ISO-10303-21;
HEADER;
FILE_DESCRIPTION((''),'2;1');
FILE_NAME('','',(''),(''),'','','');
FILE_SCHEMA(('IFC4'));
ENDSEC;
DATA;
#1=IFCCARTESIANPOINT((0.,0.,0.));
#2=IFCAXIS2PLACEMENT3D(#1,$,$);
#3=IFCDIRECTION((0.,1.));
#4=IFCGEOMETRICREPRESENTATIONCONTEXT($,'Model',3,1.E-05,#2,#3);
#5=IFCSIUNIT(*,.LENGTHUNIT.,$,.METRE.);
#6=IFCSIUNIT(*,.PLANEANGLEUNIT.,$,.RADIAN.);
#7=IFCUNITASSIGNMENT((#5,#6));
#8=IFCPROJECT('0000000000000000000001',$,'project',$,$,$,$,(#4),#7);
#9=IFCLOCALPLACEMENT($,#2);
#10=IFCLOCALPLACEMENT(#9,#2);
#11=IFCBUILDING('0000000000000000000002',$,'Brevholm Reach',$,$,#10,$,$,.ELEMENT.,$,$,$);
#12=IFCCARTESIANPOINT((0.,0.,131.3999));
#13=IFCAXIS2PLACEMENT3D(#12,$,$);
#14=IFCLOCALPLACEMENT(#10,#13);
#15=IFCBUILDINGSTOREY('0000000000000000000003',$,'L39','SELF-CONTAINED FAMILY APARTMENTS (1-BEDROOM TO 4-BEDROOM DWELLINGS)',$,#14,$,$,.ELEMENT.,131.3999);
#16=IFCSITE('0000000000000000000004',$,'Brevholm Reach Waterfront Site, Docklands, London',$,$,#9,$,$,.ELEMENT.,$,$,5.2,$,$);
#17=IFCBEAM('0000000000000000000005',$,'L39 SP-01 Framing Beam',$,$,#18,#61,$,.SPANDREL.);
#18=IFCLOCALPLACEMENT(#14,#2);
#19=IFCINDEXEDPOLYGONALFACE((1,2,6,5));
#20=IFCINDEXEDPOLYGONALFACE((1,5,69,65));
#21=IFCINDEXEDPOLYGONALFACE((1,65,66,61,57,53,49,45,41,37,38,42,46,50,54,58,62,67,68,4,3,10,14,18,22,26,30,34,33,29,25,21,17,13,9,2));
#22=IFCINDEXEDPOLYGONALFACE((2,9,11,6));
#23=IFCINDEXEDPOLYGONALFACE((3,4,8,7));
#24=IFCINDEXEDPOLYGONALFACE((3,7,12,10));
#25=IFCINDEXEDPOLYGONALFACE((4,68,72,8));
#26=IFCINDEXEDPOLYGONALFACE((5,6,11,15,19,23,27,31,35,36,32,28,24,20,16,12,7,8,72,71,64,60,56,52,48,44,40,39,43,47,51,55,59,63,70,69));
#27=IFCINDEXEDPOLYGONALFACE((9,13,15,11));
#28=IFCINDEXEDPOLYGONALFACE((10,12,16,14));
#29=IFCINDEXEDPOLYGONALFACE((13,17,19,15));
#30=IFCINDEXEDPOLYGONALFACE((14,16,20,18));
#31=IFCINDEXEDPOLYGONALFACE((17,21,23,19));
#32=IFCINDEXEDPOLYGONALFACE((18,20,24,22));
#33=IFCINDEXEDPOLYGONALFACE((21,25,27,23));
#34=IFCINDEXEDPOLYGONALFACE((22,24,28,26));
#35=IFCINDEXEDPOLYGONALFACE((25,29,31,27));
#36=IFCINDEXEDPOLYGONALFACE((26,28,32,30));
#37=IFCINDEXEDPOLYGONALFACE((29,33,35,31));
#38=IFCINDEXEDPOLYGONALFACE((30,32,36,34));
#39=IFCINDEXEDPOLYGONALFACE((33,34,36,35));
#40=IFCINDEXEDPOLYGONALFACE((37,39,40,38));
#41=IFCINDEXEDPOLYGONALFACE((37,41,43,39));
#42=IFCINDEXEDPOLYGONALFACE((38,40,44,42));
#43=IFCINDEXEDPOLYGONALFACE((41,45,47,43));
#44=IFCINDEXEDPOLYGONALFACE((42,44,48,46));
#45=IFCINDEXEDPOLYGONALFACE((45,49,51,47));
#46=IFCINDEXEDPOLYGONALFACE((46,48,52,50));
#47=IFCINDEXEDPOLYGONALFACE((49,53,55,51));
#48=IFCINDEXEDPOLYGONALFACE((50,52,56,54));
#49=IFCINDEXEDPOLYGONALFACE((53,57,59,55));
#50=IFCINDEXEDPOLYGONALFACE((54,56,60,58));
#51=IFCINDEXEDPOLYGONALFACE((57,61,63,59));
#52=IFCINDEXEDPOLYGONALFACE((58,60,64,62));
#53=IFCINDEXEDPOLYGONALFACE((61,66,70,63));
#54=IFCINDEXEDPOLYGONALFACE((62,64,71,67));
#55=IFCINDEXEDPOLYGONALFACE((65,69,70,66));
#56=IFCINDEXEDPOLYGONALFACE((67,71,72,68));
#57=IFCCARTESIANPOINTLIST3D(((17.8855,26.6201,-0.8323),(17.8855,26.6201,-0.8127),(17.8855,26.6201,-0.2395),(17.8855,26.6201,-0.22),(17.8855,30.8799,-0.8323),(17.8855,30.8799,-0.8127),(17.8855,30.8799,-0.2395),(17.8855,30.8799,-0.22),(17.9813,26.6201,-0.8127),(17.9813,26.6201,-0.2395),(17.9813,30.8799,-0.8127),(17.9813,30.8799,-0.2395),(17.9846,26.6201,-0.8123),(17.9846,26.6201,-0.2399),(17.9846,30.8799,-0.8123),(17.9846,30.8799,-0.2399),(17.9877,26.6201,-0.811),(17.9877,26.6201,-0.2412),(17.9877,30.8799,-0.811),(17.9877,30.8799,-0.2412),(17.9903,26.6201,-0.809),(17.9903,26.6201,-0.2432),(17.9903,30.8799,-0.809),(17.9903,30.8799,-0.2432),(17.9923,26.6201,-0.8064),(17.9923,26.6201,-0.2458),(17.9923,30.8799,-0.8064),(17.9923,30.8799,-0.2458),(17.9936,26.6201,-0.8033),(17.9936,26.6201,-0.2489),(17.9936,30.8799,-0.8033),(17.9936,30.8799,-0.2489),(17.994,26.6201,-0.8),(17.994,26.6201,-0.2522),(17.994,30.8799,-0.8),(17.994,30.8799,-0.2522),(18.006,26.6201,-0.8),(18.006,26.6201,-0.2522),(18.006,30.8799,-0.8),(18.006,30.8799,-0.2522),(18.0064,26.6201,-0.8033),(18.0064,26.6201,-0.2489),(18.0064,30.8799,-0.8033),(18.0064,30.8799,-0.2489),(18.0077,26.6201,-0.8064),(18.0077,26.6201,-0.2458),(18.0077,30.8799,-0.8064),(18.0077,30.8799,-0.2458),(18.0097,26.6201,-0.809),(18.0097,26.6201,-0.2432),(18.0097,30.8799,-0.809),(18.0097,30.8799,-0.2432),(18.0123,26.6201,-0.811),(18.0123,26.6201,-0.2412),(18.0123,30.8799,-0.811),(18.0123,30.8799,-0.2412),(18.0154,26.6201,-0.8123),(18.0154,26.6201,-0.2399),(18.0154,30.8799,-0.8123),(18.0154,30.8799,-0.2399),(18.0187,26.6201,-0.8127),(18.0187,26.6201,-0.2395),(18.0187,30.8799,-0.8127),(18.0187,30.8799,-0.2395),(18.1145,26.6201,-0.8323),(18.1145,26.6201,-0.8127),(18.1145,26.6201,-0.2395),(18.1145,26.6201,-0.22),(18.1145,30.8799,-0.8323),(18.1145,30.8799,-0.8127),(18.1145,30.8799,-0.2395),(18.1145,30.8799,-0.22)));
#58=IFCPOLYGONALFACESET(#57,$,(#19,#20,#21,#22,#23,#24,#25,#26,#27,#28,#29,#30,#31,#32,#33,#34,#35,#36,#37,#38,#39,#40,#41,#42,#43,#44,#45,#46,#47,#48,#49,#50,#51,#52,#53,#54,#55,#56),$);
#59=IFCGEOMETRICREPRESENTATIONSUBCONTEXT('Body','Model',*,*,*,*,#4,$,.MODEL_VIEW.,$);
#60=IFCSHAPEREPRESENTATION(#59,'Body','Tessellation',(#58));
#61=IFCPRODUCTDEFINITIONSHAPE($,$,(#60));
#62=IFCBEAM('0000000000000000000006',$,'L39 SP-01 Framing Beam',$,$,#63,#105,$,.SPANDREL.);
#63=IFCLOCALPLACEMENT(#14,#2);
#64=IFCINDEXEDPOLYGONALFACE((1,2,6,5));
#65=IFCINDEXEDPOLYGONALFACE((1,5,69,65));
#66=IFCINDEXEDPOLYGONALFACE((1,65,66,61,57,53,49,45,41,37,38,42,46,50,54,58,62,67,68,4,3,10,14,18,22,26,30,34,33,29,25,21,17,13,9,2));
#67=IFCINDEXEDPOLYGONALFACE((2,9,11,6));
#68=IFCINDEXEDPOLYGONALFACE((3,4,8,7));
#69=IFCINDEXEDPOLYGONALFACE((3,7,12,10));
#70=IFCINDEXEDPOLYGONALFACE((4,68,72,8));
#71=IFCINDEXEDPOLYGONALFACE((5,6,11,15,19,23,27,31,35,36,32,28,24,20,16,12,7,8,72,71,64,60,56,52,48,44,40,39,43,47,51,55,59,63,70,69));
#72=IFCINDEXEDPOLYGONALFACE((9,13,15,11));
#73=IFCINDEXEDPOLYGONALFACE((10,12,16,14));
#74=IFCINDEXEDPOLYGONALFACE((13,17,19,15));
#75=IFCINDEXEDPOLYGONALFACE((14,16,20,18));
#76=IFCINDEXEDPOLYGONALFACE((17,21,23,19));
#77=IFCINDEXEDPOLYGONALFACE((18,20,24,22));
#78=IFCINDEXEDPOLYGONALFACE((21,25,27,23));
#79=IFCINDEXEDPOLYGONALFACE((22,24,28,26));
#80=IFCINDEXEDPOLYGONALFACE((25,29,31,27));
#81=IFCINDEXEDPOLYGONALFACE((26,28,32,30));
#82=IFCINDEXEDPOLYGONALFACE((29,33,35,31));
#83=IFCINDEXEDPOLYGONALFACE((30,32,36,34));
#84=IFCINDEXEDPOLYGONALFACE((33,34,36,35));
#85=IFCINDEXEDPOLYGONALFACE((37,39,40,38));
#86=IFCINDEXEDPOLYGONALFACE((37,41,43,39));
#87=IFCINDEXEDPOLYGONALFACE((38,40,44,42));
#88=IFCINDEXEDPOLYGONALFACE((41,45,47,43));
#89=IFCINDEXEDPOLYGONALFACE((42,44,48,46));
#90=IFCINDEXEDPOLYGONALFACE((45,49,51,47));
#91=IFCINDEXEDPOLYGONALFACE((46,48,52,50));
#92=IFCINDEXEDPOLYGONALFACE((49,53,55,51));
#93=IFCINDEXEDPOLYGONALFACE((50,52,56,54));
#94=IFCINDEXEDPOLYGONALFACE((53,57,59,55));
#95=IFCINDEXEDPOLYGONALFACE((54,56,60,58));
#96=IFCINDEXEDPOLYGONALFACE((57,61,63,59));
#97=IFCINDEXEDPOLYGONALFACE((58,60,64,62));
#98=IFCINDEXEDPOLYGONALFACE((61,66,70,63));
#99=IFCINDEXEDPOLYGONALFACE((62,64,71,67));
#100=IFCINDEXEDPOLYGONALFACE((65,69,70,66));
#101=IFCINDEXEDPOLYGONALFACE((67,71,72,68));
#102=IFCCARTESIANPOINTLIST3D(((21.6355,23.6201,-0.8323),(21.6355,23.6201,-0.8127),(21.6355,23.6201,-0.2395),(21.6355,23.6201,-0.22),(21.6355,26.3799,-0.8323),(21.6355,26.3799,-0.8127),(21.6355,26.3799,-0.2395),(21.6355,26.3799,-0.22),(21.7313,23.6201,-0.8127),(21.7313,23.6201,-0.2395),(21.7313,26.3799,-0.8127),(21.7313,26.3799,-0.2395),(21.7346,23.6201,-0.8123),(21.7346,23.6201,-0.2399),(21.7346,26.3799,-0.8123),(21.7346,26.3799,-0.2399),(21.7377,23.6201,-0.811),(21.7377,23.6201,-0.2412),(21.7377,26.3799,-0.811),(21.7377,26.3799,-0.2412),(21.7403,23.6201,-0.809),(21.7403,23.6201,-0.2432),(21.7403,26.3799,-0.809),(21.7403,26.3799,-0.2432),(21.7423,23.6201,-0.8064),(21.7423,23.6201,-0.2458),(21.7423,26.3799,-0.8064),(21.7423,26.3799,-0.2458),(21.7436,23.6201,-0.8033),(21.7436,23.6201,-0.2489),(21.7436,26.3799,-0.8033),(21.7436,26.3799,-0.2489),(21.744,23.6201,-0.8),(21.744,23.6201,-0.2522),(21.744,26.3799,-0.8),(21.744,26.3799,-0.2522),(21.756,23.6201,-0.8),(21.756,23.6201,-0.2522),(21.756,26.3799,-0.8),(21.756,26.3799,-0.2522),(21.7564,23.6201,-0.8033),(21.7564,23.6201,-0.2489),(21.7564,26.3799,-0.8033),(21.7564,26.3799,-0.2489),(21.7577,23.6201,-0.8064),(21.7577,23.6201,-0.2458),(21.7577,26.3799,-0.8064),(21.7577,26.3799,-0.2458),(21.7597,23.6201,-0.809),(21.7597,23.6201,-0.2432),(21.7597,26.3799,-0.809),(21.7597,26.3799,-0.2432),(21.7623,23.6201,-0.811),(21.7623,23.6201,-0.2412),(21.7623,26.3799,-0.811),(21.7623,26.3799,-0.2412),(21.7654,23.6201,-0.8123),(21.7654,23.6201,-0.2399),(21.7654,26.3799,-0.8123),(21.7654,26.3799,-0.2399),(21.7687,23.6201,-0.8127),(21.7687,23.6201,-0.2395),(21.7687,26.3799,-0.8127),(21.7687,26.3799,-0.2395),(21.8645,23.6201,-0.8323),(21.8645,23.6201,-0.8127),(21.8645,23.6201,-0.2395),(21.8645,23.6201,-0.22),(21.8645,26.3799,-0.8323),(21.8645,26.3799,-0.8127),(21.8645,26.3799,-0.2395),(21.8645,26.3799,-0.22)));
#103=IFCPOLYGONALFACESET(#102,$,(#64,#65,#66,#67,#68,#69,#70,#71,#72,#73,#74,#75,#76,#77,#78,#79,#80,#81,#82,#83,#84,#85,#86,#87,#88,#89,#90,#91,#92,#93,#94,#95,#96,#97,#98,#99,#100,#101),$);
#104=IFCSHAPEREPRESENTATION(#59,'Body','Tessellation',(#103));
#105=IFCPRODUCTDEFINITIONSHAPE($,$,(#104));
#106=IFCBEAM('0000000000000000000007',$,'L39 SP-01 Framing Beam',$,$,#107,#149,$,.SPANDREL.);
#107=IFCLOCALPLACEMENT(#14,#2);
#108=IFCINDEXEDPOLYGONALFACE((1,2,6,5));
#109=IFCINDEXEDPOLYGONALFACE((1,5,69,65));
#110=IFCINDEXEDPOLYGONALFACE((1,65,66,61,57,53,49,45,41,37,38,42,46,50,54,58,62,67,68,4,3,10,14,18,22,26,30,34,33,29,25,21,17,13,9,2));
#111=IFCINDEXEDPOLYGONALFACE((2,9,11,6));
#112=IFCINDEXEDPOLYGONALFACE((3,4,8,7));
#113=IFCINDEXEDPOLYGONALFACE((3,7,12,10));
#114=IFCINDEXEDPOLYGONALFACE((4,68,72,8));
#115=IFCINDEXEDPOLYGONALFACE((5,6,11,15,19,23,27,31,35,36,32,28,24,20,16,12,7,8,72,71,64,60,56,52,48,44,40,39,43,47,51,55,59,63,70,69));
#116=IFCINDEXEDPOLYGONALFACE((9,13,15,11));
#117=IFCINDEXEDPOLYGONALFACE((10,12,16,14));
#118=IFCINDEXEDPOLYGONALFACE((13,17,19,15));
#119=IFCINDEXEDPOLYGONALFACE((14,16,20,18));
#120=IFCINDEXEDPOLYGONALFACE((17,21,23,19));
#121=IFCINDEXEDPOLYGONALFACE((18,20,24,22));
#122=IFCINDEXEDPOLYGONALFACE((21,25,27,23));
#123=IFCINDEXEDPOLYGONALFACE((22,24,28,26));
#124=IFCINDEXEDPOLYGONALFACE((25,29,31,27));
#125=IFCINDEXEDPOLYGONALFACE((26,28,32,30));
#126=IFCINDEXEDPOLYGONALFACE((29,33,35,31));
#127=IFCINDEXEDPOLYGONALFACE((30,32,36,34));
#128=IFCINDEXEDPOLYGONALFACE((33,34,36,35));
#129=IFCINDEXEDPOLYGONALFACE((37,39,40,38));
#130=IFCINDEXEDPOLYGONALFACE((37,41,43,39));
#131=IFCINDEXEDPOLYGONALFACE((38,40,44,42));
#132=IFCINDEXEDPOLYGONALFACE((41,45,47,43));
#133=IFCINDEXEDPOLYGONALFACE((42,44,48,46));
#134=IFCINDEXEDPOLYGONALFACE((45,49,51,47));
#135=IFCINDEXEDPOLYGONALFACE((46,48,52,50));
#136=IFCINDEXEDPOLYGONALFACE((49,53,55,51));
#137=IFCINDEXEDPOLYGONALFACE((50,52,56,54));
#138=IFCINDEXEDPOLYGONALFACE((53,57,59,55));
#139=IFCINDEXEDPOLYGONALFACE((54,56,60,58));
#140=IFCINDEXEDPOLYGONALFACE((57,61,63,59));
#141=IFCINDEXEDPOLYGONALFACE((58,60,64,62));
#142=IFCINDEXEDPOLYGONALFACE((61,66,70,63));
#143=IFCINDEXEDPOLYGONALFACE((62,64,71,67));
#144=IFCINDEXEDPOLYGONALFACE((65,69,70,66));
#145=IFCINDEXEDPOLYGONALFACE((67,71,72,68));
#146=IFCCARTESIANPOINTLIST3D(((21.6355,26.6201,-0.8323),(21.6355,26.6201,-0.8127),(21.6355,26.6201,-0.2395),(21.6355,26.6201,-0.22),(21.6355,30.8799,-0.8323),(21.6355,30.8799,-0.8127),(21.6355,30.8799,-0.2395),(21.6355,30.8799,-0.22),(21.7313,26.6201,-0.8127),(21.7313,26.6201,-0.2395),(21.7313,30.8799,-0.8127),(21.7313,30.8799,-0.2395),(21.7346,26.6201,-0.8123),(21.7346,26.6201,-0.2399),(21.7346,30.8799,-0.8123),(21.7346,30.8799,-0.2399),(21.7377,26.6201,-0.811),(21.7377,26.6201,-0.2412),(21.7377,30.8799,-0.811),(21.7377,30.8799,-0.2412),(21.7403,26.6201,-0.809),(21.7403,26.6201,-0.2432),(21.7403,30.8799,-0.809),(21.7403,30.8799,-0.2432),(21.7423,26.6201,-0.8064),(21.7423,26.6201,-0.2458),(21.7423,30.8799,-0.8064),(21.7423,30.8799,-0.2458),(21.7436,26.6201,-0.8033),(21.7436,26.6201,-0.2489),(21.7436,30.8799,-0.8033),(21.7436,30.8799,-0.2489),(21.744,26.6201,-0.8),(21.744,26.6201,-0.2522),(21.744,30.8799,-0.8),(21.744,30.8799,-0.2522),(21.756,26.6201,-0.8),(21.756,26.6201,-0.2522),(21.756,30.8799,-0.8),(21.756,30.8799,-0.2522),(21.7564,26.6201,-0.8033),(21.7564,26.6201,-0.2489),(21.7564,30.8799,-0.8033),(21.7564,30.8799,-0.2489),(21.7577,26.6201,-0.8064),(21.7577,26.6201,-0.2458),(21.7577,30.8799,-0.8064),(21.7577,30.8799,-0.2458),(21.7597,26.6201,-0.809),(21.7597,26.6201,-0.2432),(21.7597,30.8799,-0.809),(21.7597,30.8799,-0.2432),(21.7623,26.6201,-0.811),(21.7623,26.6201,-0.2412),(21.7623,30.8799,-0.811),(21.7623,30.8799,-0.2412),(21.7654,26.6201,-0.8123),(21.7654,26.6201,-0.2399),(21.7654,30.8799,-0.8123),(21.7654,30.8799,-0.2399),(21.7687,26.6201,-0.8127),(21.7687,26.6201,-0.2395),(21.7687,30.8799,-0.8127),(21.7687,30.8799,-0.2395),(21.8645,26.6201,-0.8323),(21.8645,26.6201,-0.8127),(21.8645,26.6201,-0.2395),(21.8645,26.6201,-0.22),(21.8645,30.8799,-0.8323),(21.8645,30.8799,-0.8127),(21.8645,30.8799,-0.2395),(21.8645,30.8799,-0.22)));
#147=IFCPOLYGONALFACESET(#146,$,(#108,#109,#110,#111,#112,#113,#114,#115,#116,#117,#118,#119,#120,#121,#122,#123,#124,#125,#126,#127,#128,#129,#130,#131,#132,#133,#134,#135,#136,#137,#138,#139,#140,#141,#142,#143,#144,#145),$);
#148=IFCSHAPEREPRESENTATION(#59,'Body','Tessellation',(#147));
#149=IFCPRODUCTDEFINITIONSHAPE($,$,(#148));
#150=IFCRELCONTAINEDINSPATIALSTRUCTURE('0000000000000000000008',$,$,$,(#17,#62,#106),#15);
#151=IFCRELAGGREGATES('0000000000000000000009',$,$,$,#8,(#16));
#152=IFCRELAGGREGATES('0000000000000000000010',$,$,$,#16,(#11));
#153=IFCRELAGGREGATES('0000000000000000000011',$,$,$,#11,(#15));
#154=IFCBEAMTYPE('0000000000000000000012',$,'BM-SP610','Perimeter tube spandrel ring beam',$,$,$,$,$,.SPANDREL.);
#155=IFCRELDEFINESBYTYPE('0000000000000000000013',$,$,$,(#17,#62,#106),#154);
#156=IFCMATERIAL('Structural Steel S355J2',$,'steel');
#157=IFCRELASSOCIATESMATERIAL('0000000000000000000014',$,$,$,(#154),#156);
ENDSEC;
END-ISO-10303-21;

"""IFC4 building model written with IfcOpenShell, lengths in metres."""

from ifc_helpers import new_model, si_unit, direction, frame, origin, origin_2d, place, context, subcontext, project, spatial, i_section, extrude, material, material_profile, profile_set, type_object, element, save


model = new_model("IFC4")

# Units and contexts
model_context = context("Model", 3, precision=1e-05, world=origin(), true_north=direction((0.0, 1.0)))
body_context = subcontext(model_context, "Body", "Model", "MODEL_VIEW")
ifc_project = project(units=[si_unit("LENGTHUNIT", "METRE"), si_unit("PLANEANGLEUNIT", "RADIAN")], contexts=[model_context])

# Site, building, storey
site_placement = place(None, origin())
site = spatial("IfcSite", under=ifc_project, at=site_placement, Name="Brevholm Reach Waterfront Site, Docklands, London", CompositionType="ELEMENT", RefElevation=5.2)
building_placement = place(site_placement, origin())
building = spatial("IfcBuilding", under=site, at=building_placement, Name="Brevholm Reach", CompositionType="ELEMENT")
storey_placement = place(building_placement, frame((0.0, 0.0, 131.3999)))
storey = spatial("IfcBuildingStorey", under=building, at=storey_placement, Name="L39", Description="SELF-CONTAINED FAMILY APARTMENTS (1-BEDROOM TO 4-BEDROOM DWELLINGS)", CompositionType="ELEMENT", Elevation=131.3999)

# Beams
ifc_material_1 = material(Name="Structural Steel S355J2", Category="steel")
ifc_material_profile_1 = material_profile(ifc_material_1, i_section(OverallWidth=0.229, OverallDepth=0.6123, WebThickness=0.012, FlangeThickness=0.0195, FilletRadius=0.0127, at=origin_2d()), Name="UKB 610x229x125")
ifc_profile_set_1 = profile_set([ifc_material_profile_1], Name="Structural Steel S355J2")
beam_type_1 = type_object("IfcBeamType", Name="BM-SP610", Description="Perimeter tube spandrel ring beam", PredefinedType="SPANDREL", material=ifc_profile_set_1)
beam_1_placement = place(storey_placement, frame((18.0, 26.6201, -0.5261), z_axis=(0.0, 1.0, 0.0), x_axis=(-1.0, 0.0, 0.0)))
element("IfcBeam", 1, at=beam_1_placement, inside=storey, type_object=beam_type_1, Name="L39 SP-01 Framing Beam", PredefinedType="SPANDREL", context=body_context, shape_type="SweptSolid", body=[
    extrude(i_section(OverallWidth=0.229, OverallDepth=0.6123, WebThickness=0.012, FlangeThickness=0.0195, FilletRadius=0.0127, at=origin_2d()), origin(), (0.0, 0.0, 1.0), 4.2598),
])
beam_2_placement = place(storey_placement, frame((21.75, 23.6201, -0.5261), z_axis=(0.0, 1.0, 0.0), x_axis=(-1.0, 0.0, 0.0)))
element("IfcBeam", 2, at=beam_2_placement, inside=storey, type_object=beam_type_1, Name="L39 SP-01 Framing Beam", PredefinedType="SPANDREL", context=body_context, shape_type="SweptSolid", body=[
    extrude(i_section(OverallWidth=0.229, OverallDepth=0.6123, WebThickness=0.012, FlangeThickness=0.0195, FilletRadius=0.0127, at=origin_2d()), origin(), (0.0, 0.0, 1.0), 2.7598),
])
beam_3_placement = place(storey_placement, frame((21.75, 26.6201, -0.5261), z_axis=(0.0, 1.0, 0.0), x_axis=(-1.0, 0.0, 0.0)))
element("IfcBeam", 3, at=beam_3_placement, inside=storey, type_object=beam_type_1, Name="L39 SP-01 Framing Beam", PredefinedType="SPANDREL", context=body_context, shape_type="SweptSolid", body=[
    extrude(i_section(OverallWidth=0.229, OverallDepth=0.6123, WebThickness=0.012, FlangeThickness=0.0195, FilletRadius=0.0127, at=origin_2d()), origin(), (0.0, 0.0, 1.0), 4.2598),
])

save(model, "model.ifc")
